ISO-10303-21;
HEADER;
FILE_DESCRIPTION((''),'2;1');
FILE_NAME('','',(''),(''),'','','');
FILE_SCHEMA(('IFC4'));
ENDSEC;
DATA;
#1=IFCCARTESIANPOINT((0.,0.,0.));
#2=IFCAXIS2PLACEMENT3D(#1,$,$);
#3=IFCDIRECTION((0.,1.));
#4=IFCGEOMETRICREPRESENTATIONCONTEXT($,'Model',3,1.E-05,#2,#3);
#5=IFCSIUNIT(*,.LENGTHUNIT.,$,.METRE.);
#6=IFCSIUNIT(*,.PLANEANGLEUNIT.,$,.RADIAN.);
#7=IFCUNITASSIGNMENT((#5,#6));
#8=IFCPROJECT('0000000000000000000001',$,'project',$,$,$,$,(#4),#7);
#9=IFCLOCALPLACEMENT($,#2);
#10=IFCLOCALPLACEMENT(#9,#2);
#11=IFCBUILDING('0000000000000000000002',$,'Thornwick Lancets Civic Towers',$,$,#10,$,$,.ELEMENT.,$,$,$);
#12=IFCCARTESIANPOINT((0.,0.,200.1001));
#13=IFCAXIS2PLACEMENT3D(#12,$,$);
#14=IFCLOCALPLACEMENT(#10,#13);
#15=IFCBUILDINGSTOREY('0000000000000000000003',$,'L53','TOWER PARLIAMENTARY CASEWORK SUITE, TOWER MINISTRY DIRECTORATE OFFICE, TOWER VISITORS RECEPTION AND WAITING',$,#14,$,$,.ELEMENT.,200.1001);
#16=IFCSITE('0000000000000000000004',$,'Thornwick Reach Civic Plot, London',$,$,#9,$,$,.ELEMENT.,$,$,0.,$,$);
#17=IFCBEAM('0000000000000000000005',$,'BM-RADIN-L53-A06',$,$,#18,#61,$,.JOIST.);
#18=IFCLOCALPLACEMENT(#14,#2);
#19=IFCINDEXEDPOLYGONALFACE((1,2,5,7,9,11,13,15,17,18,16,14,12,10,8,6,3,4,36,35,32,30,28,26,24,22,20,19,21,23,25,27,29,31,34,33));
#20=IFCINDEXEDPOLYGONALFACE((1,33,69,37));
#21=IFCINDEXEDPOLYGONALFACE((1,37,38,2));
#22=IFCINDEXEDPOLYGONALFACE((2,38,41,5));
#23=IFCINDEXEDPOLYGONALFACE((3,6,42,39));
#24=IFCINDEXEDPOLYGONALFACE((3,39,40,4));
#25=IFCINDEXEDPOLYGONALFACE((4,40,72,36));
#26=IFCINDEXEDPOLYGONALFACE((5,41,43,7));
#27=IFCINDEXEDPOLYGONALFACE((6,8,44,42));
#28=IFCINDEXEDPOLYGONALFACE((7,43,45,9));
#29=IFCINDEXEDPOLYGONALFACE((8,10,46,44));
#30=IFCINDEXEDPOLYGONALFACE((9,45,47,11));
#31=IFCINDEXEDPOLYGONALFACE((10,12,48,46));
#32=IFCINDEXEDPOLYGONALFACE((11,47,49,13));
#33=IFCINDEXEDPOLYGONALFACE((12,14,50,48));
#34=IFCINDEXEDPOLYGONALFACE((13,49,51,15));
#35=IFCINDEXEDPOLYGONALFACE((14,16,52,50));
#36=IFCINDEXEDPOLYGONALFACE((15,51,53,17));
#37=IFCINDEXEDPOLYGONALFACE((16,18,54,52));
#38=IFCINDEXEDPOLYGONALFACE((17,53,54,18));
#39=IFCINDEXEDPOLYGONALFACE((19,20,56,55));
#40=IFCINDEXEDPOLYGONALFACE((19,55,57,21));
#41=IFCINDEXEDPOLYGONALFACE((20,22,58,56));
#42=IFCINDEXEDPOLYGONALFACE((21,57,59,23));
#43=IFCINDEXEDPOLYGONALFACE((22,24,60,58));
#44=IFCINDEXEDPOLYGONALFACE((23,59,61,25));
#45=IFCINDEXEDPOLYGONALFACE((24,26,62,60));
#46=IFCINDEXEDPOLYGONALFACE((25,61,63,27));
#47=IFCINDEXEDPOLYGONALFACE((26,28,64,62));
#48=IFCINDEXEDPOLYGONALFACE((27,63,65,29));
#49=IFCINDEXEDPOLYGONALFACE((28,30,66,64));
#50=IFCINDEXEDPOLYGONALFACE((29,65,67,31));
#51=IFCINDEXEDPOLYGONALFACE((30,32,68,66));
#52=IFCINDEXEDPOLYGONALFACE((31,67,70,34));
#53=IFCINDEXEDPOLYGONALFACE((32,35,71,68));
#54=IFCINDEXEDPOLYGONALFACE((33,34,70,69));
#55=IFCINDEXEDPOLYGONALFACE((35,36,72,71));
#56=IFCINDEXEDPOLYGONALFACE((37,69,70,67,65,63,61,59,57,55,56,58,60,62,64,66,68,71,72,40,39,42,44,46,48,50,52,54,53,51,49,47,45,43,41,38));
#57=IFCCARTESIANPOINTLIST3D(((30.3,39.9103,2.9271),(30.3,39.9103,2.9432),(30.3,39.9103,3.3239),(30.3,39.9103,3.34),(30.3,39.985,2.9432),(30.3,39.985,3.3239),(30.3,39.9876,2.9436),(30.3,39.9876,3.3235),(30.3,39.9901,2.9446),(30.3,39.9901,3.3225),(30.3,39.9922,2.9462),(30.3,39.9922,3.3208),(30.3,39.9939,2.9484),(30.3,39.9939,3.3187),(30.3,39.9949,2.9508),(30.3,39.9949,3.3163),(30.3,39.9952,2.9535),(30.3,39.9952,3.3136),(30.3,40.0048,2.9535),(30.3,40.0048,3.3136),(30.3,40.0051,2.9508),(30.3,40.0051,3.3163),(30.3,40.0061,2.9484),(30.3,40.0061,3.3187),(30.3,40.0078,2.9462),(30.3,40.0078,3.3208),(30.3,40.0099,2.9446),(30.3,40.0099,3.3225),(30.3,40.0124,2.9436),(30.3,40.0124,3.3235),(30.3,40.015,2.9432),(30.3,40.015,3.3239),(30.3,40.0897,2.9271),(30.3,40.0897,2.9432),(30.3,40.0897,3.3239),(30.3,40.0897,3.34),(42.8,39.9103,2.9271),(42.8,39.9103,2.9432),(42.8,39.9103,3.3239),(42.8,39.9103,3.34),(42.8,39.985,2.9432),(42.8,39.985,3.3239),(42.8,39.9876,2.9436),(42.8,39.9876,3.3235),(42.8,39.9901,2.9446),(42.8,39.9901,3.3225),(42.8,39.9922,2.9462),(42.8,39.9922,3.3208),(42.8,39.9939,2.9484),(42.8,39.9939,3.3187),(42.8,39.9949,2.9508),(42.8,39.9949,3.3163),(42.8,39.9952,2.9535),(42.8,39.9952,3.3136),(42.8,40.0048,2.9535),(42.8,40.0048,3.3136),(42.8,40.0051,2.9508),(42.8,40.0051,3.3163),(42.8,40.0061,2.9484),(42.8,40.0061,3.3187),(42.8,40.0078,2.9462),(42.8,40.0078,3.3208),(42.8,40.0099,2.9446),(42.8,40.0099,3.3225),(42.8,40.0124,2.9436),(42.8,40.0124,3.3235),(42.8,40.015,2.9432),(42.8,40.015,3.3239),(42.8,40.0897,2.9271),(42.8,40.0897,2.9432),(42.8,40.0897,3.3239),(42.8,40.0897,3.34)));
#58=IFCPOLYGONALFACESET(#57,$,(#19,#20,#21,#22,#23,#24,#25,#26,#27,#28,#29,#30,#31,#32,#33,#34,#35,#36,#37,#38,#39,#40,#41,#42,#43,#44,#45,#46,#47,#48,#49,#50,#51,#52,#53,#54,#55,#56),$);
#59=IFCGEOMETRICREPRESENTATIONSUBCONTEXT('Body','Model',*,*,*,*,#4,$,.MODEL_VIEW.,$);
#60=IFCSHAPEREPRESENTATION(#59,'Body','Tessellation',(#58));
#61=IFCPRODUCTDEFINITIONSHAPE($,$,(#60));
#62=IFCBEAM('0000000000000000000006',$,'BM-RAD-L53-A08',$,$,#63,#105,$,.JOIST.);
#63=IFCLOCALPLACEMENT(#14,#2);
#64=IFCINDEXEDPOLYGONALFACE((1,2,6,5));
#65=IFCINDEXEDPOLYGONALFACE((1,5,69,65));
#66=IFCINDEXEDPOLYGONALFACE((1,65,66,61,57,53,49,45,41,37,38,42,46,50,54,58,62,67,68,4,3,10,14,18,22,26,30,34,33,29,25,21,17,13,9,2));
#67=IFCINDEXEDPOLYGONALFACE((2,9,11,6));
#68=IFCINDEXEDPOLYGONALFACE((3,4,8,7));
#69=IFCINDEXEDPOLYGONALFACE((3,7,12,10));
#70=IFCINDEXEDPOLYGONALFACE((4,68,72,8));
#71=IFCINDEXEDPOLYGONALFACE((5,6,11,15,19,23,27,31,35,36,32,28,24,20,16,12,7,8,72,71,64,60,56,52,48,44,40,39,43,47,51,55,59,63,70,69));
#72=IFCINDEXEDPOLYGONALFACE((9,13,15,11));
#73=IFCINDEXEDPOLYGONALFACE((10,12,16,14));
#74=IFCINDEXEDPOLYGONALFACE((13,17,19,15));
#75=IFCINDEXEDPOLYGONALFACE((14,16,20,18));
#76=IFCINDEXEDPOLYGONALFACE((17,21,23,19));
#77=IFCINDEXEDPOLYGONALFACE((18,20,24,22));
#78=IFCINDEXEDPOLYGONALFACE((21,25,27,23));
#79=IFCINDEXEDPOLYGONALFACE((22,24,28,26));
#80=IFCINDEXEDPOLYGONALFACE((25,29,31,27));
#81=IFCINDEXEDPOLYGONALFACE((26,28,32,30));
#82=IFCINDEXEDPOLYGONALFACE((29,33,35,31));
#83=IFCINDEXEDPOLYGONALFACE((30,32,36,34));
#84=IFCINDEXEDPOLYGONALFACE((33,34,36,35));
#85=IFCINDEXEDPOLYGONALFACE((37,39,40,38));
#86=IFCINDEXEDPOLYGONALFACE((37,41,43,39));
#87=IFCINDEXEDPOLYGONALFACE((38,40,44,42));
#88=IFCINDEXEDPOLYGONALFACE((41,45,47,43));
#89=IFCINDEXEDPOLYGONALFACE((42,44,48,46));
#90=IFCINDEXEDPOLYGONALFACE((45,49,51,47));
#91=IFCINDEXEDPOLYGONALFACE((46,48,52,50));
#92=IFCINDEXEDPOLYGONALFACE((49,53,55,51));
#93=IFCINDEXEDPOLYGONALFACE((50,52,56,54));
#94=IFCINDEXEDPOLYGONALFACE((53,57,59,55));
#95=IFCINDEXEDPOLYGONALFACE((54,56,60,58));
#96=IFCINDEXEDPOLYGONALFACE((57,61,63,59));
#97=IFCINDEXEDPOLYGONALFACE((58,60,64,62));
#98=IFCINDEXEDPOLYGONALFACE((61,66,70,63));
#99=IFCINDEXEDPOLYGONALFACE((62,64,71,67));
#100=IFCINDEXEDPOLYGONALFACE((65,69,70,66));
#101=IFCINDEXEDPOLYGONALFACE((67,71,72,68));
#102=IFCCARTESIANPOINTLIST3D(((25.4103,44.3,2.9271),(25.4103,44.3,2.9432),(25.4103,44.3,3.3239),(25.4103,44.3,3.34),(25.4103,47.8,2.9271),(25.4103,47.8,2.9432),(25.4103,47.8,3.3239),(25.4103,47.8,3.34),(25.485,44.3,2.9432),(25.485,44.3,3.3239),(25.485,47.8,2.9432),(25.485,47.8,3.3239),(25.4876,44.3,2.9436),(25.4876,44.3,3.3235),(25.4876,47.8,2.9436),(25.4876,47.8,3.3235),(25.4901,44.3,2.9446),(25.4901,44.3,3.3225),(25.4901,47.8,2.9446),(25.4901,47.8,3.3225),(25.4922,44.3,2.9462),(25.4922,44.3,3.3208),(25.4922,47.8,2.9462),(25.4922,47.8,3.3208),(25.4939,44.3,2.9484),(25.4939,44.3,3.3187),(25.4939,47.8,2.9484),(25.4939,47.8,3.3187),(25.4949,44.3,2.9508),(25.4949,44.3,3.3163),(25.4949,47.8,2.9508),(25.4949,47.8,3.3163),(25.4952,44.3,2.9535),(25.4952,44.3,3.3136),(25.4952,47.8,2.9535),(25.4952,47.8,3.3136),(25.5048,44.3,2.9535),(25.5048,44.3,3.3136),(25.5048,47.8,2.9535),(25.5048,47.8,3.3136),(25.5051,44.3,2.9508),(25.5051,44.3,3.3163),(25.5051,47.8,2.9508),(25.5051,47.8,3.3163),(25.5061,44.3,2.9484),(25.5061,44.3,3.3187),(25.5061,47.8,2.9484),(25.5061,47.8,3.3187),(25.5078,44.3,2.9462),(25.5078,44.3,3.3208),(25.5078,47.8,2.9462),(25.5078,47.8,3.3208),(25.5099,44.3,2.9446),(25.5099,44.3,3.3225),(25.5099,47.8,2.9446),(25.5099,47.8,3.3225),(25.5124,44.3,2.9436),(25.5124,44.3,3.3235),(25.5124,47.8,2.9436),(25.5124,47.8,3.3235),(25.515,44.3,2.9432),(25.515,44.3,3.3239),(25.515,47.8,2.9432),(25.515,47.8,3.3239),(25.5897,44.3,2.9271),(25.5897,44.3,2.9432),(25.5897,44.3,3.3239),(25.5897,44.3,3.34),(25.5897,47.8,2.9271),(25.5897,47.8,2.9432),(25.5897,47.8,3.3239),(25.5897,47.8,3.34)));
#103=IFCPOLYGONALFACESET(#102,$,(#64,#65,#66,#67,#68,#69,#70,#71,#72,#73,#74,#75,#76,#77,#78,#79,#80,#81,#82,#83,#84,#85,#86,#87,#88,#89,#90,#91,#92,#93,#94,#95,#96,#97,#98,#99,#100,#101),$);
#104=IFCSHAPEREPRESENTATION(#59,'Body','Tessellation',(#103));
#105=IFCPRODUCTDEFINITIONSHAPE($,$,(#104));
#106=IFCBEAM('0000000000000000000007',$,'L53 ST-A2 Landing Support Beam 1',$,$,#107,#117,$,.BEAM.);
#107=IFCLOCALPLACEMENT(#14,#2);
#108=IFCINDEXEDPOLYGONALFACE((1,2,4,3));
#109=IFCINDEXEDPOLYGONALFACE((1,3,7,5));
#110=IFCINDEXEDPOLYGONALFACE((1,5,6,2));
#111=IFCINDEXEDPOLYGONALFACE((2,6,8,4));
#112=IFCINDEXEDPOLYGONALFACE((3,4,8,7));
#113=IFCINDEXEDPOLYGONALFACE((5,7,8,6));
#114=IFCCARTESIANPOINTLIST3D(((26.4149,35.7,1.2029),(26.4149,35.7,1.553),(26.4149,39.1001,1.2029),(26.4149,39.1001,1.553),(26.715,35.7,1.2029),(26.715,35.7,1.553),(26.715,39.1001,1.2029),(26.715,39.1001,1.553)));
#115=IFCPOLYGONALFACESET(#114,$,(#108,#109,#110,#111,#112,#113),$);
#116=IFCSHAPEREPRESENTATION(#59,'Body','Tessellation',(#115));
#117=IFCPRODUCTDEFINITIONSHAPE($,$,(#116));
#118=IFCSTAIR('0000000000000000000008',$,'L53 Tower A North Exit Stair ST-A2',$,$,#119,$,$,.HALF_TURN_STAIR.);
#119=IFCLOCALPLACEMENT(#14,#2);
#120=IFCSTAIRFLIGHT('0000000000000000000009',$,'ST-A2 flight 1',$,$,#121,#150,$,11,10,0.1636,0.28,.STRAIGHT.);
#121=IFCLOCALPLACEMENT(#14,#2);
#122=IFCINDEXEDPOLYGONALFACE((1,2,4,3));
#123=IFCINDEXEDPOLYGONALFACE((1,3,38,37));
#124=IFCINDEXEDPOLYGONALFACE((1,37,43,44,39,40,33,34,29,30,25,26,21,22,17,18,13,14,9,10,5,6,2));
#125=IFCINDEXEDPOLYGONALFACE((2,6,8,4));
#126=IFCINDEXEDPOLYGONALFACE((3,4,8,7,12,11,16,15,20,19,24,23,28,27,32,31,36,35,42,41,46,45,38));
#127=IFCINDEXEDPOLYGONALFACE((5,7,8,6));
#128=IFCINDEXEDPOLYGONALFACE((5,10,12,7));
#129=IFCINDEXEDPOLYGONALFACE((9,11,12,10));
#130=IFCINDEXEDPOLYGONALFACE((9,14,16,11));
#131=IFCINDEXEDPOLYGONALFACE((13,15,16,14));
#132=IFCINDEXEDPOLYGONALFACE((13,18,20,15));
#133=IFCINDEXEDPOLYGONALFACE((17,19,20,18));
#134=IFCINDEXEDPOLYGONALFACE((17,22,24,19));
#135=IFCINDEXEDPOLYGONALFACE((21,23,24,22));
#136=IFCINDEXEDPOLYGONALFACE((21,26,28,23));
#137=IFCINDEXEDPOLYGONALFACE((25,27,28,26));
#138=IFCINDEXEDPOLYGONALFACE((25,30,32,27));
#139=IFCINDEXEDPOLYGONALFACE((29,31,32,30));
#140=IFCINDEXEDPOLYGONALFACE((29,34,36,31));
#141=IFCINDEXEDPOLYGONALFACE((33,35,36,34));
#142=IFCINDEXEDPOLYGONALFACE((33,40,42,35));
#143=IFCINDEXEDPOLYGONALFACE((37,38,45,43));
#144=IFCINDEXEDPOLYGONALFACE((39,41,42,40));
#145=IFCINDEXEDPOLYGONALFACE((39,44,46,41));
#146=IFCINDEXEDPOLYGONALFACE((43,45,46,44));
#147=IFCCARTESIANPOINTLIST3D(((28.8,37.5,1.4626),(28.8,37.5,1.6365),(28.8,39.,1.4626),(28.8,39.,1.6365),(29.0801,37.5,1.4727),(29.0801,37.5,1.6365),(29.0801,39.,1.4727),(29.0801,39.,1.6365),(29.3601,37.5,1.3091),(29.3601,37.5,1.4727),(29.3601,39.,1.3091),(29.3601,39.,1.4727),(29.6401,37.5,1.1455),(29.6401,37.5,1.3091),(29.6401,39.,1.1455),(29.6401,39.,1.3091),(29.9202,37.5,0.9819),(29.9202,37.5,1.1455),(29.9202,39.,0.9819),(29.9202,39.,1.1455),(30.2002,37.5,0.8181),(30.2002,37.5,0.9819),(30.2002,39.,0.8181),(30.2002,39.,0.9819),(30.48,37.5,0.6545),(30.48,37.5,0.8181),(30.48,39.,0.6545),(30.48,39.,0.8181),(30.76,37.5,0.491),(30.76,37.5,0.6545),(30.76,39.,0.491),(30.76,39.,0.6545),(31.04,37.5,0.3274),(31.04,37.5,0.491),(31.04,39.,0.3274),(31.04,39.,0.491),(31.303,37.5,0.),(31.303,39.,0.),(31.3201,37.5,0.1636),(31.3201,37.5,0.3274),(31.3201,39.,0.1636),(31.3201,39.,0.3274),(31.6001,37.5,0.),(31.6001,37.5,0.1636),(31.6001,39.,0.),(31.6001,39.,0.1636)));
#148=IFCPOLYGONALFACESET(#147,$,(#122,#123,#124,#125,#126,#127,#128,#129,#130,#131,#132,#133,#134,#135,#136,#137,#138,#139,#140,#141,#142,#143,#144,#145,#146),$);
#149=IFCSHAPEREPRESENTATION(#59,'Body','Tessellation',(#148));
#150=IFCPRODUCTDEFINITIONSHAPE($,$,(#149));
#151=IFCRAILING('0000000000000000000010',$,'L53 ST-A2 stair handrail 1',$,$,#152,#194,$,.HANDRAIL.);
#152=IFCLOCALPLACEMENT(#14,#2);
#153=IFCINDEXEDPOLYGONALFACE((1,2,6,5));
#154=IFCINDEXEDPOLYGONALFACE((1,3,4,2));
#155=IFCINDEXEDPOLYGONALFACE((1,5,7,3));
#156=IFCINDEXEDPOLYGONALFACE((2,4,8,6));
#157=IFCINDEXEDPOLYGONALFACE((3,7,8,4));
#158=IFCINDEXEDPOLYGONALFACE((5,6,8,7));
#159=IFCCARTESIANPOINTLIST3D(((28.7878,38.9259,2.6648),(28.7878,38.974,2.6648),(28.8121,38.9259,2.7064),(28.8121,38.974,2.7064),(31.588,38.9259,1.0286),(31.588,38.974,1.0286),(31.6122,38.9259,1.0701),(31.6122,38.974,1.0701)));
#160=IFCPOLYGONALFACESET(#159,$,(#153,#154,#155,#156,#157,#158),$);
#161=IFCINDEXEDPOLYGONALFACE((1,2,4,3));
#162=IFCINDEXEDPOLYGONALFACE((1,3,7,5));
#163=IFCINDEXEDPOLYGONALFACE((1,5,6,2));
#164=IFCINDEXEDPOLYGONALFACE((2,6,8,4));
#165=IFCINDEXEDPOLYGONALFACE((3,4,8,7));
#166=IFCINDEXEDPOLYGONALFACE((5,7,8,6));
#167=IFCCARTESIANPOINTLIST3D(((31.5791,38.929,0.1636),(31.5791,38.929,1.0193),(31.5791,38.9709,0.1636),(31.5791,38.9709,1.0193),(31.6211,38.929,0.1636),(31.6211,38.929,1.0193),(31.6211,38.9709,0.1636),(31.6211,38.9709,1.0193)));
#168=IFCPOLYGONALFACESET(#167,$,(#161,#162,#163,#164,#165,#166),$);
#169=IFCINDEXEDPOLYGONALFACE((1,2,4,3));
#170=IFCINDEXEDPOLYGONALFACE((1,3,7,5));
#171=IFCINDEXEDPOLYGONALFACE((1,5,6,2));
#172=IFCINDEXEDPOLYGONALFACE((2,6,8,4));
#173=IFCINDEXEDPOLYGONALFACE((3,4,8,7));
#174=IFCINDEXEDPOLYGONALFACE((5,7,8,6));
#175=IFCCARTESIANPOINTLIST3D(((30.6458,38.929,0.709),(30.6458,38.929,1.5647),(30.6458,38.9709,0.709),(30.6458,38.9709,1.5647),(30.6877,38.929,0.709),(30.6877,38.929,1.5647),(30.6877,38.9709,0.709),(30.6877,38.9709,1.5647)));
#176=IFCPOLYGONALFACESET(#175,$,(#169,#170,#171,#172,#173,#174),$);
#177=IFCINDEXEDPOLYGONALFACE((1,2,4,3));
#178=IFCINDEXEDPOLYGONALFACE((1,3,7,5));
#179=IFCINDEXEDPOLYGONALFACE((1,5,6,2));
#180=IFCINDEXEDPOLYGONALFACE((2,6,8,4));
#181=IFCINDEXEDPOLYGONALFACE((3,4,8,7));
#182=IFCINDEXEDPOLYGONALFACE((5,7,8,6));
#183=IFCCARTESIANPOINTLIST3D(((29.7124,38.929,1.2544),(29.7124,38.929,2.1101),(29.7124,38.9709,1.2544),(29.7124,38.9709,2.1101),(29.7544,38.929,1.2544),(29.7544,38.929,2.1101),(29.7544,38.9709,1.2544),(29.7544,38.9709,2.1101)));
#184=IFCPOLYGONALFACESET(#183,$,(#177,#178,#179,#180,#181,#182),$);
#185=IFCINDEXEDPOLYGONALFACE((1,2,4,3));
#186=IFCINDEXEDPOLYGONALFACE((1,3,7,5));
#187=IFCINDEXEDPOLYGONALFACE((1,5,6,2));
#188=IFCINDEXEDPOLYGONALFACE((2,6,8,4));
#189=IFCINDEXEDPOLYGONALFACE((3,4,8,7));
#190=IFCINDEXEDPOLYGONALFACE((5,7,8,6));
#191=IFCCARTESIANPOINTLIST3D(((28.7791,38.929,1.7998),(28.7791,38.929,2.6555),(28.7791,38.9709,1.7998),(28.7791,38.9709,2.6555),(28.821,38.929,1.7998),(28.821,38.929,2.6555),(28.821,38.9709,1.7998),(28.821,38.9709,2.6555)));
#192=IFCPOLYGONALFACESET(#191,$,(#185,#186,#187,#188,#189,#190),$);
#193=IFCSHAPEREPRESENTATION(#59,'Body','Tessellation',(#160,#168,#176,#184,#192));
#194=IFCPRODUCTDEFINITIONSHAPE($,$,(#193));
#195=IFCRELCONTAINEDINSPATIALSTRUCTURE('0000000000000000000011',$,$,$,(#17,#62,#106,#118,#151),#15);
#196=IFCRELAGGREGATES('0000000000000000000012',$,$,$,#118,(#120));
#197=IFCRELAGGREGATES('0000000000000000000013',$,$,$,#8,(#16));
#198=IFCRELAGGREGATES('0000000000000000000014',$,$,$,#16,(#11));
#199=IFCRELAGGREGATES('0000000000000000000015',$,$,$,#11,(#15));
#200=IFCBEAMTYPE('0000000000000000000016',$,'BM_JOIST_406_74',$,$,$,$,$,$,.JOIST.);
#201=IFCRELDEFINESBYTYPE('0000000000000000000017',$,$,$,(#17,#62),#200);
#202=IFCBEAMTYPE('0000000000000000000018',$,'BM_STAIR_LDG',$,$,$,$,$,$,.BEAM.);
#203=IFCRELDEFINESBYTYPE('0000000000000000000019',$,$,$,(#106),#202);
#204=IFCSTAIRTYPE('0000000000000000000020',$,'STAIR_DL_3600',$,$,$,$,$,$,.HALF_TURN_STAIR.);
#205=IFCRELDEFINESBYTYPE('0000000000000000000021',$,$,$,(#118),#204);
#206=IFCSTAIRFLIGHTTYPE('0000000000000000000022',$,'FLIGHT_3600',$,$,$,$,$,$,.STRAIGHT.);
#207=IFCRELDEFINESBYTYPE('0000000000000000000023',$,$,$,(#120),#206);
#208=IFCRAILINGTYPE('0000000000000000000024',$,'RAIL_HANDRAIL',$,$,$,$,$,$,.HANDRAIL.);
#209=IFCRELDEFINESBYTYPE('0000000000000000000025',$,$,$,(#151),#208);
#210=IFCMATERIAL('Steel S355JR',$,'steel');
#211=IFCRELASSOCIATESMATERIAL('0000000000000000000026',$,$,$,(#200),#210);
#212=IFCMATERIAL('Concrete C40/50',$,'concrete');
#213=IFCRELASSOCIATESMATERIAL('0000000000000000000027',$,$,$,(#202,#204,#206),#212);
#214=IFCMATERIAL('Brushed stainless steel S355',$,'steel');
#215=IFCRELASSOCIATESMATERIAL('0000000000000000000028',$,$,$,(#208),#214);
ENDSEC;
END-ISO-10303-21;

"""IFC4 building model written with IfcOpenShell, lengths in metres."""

from ifc_helpers import new_model, si_unit, direction, frame, origin, origin_2d, place, context, subcontext, project, spatial, polyline, rectangle, i_section, outline, extrude, material, material_profile, profile_set, type_object, element, aggregate, save


model = new_model("IFC4")

# Units and contexts
model_context = context("Model", 3, precision=1e-05, world=origin(), true_north=direction((0.0, 1.0)))
body_context = subcontext(model_context, "Body", "Model", "MODEL_VIEW")
ifc_project = project(units=[si_unit("LENGTHUNIT", "METRE"), si_unit("PLANEANGLEUNIT", "RADIAN")], contexts=[model_context])

# Site, building, storey
site_placement = place(None, origin())
site = spatial("IfcSite", under=ifc_project, at=site_placement, Name="Thornwick Reach Civic Plot, London", CompositionType="ELEMENT", RefElevation=0.0)
building_placement = place(site_placement, origin())
building = spatial("IfcBuilding", under=site, at=building_placement, Name="Thornwick Lancets Civic Towers", CompositionType="ELEMENT")
storey_placement = place(building_placement, frame((0.0, 0.0, 200.1001)))
storey = spatial("IfcBuildingStorey", under=building, at=storey_placement, Name="L53", Description="TOWER PARLIAMENTARY CASEWORK SUITE, TOWER MINISTRY DIRECTORATE OFFICE, TOWER VISITORS RECEPTION AND WAITING", CompositionType="ELEMENT", Elevation=200.1001)

# Shared definitions
ifc_material_1 = material(Name="Steel S355JR", Category="steel")

# Beams
ifc_material_profile_1 = material_profile(ifc_material_1, i_section(OverallWidth=0.1794, OverallDepth=0.4128, WebThickness=0.0095, FlangeThickness=0.0161, FilletRadius=0.0103, at=origin_2d()), Name="UKB 406x178x74")
ifc_profile_set_1 = profile_set([ifc_material_profile_1], Name="Steel S355JR")
beam_type_1 = type_object("IfcBeamType", Name="BM_JOIST_406_74", PredefinedType="JOIST", material=ifc_profile_set_1)
beam_1_placement = place(storey_placement, frame((30.3, 40.0, 3.1335), z_axis=(1.0, 0.0, 0.0), x_axis=(0.0, 1.0, 0.0)))
element("IfcBeam", 1, at=beam_1_placement, inside=storey, type_object=beam_type_1, Name="BM-RADIN-L53-A06", PredefinedType="JOIST", context=body_context, shape_type="SweptSolid", body=[
    extrude(i_section(OverallWidth=0.1794, OverallDepth=0.4128, WebThickness=0.0095, FlangeThickness=0.0161, FilletRadius=0.0103, at=origin_2d()), origin(), (0.0, 0.0, 1.0), 12.5),
])
beam_2_placement = place(storey_placement, frame((25.5, 44.3, 3.1335), z_axis=(0.0, 1.0, 0.0), x_axis=(-1.0, 0.0, 0.0)))
element("IfcBeam", 2, at=beam_2_placement, inside=storey, type_object=beam_type_1, Name="BM-RAD-L53-A08", PredefinedType="JOIST", context=body_context, shape_type="SweptSolid", body=[
    extrude(i_section(OverallWidth=0.1794, OverallDepth=0.4128, WebThickness=0.0095, FlangeThickness=0.0161, FilletRadius=0.0103, at=origin_2d()), origin(), (0.0, 0.0, 1.0), 3.5),
])
ifc_material_2 = material(Name="Concrete C40/50", Category="concrete")
ifc_material_profile_2 = material_profile(ifc_material_2, rectangle(XDim=0.3, YDim=0.3501, at=origin_2d()), Name="RC 300x350")
ifc_profile_set_2 = profile_set([ifc_material_profile_2], Name="Concrete C40/50")
beam_type_2 = type_object("IfcBeamType", Name="BM_STAIR_LDG", PredefinedType="BEAM", material=ifc_profile_set_2)
beam_3_placement = place(storey_placement, frame((26.5649, 39.1001, 1.3779), z_axis=(0.0, -1.0, 0.0), x_axis=(1.0, 0.0, 0.0)))
element("IfcBeam", 3, at=beam_3_placement, inside=storey, type_object=beam_type_2, Name="L53 ST-A2 Landing Support Beam 1", PredefinedType="BEAM", context=body_context, shape_type="SweptSolid", body=[
    extrude(rectangle(XDim=0.3, YDim=0.3501, at=origin_2d()), origin(), (0.0, 0.0, 1.0), 3.4001),
])

# Stair, stair flight
stair_type = type_object("IfcStairType", Name="STAIR_DL_3600", PredefinedType="HALF_TURN_STAIR", material=ifc_material_2)
stair_placement = place(storey_placement, origin())
stair = element("IfcStair", 4, at=stair_placement, inside=storey, type_object=stair_type, Name="L53 Tower A North Exit Stair ST-A2", PredefinedType="HALF_TURN_STAIR")
stair_flight_type = type_object("IfcStairFlightType", Name="FLIGHT_3600", PredefinedType="STRAIGHT", material=ifc_material_2)
stair_flight_placement = place(storey_placement, frame((31.6001, 38.25, 0.0), z_axis=(0.0, 0.0, 1.0), x_axis=(-1.0, 0.0, 0.0)))
stair_flight = element("IfcStairFlight", 5, at=stair_flight_placement, type_object=stair_flight_type, Name="ST-A2 flight 1", NumberOfRisers=11, NumberOfTreads=10, PredefinedType="STRAIGHT", RiserHeight=0.1636, TreadLength=0.28, context=body_context, shape_type="SweptSolid", body=[
    extrude(outline(polyline([(0.0, 0.0), (0.0, 0.1636), (0.28, 0.1636), (0.28, 0.3274), (0.5601, 0.3274), (0.5601, 0.491), (0.8401, 0.491), (0.8401, 0.6545), (1.1201, 0.6545), (1.1201, 0.8181), (1.3999, 0.8181), (1.3999, 0.9819), (1.6799, 0.9819), (1.6799, 1.1455), (1.96, 1.1455), (1.96, 1.3091), (2.24, 1.3091), (2.24, 1.4727), (2.52, 1.4727), (2.52, 1.6365), (2.8, 1.6365), (2.8, 1.8), (2.8, 1.4626), (0.2971, 0.0), (0.0, 0.0)])), frame((0.0, 0.75, 0.0), z_axis=(0.0, -1.0, 0.0), x_axis=(1.0, 0.0, 0.0)), (0.0, 0.0, 1.0), 1.5),
])
aggregate(stair, [stair_flight])

# Railing
ifc_material_3 = material(Name="Brushed stainless steel S355", Category="steel")
railing_type_1 = type_object("IfcRailingType", Name="RAIL_HANDRAIL", PredefinedType="HANDRAIL", material=ifc_material_3)
railing_1_placement = place(storey_placement, frame((31.6001, 38.95, 0.1636)))
element("IfcRailing", 6, at=railing_1_placement, inside=storey, type_object=railing_type_1, Name="L53 ST-A2 stair handrail 1", PredefinedType="HANDRAIL", context=body_context, shape_type="SweptSolid", body=[
    extrude(rectangle(XDim=0.0481, YDim=0.0481, at=origin_2d()), frame((0.0, 0.0, 0.8857), z_axis=(-0.863394, 0.0, 0.504531), x_axis=(0.0, -1.0, 0.0)), (0.0, 0.0, 1.0), 3.2432),
    extrude(rectangle(XDim=0.042, YDim=0.042, at=origin_2d()), origin(), (0.0, 0.0, 1.0), 0.8557),
    extrude(rectangle(XDim=0.042, YDim=0.042, at=origin_2d()), frame((-0.9333, 0.0, 0.5454)), (0.0, 0.0, 1.0), 0.8557),
    extrude(rectangle(XDim=0.042, YDim=0.042, at=origin_2d()), frame((-1.8667, 0.0, 1.0908)), (0.0, 0.0, 1.0), 0.8557),
    extrude(rectangle(XDim=0.042, YDim=0.042, at=origin_2d()), frame((-2.8, 0.0, 1.6362)), (0.0, 0.0, 1.0), 0.8557),
])

save(model, "model.ifc")
